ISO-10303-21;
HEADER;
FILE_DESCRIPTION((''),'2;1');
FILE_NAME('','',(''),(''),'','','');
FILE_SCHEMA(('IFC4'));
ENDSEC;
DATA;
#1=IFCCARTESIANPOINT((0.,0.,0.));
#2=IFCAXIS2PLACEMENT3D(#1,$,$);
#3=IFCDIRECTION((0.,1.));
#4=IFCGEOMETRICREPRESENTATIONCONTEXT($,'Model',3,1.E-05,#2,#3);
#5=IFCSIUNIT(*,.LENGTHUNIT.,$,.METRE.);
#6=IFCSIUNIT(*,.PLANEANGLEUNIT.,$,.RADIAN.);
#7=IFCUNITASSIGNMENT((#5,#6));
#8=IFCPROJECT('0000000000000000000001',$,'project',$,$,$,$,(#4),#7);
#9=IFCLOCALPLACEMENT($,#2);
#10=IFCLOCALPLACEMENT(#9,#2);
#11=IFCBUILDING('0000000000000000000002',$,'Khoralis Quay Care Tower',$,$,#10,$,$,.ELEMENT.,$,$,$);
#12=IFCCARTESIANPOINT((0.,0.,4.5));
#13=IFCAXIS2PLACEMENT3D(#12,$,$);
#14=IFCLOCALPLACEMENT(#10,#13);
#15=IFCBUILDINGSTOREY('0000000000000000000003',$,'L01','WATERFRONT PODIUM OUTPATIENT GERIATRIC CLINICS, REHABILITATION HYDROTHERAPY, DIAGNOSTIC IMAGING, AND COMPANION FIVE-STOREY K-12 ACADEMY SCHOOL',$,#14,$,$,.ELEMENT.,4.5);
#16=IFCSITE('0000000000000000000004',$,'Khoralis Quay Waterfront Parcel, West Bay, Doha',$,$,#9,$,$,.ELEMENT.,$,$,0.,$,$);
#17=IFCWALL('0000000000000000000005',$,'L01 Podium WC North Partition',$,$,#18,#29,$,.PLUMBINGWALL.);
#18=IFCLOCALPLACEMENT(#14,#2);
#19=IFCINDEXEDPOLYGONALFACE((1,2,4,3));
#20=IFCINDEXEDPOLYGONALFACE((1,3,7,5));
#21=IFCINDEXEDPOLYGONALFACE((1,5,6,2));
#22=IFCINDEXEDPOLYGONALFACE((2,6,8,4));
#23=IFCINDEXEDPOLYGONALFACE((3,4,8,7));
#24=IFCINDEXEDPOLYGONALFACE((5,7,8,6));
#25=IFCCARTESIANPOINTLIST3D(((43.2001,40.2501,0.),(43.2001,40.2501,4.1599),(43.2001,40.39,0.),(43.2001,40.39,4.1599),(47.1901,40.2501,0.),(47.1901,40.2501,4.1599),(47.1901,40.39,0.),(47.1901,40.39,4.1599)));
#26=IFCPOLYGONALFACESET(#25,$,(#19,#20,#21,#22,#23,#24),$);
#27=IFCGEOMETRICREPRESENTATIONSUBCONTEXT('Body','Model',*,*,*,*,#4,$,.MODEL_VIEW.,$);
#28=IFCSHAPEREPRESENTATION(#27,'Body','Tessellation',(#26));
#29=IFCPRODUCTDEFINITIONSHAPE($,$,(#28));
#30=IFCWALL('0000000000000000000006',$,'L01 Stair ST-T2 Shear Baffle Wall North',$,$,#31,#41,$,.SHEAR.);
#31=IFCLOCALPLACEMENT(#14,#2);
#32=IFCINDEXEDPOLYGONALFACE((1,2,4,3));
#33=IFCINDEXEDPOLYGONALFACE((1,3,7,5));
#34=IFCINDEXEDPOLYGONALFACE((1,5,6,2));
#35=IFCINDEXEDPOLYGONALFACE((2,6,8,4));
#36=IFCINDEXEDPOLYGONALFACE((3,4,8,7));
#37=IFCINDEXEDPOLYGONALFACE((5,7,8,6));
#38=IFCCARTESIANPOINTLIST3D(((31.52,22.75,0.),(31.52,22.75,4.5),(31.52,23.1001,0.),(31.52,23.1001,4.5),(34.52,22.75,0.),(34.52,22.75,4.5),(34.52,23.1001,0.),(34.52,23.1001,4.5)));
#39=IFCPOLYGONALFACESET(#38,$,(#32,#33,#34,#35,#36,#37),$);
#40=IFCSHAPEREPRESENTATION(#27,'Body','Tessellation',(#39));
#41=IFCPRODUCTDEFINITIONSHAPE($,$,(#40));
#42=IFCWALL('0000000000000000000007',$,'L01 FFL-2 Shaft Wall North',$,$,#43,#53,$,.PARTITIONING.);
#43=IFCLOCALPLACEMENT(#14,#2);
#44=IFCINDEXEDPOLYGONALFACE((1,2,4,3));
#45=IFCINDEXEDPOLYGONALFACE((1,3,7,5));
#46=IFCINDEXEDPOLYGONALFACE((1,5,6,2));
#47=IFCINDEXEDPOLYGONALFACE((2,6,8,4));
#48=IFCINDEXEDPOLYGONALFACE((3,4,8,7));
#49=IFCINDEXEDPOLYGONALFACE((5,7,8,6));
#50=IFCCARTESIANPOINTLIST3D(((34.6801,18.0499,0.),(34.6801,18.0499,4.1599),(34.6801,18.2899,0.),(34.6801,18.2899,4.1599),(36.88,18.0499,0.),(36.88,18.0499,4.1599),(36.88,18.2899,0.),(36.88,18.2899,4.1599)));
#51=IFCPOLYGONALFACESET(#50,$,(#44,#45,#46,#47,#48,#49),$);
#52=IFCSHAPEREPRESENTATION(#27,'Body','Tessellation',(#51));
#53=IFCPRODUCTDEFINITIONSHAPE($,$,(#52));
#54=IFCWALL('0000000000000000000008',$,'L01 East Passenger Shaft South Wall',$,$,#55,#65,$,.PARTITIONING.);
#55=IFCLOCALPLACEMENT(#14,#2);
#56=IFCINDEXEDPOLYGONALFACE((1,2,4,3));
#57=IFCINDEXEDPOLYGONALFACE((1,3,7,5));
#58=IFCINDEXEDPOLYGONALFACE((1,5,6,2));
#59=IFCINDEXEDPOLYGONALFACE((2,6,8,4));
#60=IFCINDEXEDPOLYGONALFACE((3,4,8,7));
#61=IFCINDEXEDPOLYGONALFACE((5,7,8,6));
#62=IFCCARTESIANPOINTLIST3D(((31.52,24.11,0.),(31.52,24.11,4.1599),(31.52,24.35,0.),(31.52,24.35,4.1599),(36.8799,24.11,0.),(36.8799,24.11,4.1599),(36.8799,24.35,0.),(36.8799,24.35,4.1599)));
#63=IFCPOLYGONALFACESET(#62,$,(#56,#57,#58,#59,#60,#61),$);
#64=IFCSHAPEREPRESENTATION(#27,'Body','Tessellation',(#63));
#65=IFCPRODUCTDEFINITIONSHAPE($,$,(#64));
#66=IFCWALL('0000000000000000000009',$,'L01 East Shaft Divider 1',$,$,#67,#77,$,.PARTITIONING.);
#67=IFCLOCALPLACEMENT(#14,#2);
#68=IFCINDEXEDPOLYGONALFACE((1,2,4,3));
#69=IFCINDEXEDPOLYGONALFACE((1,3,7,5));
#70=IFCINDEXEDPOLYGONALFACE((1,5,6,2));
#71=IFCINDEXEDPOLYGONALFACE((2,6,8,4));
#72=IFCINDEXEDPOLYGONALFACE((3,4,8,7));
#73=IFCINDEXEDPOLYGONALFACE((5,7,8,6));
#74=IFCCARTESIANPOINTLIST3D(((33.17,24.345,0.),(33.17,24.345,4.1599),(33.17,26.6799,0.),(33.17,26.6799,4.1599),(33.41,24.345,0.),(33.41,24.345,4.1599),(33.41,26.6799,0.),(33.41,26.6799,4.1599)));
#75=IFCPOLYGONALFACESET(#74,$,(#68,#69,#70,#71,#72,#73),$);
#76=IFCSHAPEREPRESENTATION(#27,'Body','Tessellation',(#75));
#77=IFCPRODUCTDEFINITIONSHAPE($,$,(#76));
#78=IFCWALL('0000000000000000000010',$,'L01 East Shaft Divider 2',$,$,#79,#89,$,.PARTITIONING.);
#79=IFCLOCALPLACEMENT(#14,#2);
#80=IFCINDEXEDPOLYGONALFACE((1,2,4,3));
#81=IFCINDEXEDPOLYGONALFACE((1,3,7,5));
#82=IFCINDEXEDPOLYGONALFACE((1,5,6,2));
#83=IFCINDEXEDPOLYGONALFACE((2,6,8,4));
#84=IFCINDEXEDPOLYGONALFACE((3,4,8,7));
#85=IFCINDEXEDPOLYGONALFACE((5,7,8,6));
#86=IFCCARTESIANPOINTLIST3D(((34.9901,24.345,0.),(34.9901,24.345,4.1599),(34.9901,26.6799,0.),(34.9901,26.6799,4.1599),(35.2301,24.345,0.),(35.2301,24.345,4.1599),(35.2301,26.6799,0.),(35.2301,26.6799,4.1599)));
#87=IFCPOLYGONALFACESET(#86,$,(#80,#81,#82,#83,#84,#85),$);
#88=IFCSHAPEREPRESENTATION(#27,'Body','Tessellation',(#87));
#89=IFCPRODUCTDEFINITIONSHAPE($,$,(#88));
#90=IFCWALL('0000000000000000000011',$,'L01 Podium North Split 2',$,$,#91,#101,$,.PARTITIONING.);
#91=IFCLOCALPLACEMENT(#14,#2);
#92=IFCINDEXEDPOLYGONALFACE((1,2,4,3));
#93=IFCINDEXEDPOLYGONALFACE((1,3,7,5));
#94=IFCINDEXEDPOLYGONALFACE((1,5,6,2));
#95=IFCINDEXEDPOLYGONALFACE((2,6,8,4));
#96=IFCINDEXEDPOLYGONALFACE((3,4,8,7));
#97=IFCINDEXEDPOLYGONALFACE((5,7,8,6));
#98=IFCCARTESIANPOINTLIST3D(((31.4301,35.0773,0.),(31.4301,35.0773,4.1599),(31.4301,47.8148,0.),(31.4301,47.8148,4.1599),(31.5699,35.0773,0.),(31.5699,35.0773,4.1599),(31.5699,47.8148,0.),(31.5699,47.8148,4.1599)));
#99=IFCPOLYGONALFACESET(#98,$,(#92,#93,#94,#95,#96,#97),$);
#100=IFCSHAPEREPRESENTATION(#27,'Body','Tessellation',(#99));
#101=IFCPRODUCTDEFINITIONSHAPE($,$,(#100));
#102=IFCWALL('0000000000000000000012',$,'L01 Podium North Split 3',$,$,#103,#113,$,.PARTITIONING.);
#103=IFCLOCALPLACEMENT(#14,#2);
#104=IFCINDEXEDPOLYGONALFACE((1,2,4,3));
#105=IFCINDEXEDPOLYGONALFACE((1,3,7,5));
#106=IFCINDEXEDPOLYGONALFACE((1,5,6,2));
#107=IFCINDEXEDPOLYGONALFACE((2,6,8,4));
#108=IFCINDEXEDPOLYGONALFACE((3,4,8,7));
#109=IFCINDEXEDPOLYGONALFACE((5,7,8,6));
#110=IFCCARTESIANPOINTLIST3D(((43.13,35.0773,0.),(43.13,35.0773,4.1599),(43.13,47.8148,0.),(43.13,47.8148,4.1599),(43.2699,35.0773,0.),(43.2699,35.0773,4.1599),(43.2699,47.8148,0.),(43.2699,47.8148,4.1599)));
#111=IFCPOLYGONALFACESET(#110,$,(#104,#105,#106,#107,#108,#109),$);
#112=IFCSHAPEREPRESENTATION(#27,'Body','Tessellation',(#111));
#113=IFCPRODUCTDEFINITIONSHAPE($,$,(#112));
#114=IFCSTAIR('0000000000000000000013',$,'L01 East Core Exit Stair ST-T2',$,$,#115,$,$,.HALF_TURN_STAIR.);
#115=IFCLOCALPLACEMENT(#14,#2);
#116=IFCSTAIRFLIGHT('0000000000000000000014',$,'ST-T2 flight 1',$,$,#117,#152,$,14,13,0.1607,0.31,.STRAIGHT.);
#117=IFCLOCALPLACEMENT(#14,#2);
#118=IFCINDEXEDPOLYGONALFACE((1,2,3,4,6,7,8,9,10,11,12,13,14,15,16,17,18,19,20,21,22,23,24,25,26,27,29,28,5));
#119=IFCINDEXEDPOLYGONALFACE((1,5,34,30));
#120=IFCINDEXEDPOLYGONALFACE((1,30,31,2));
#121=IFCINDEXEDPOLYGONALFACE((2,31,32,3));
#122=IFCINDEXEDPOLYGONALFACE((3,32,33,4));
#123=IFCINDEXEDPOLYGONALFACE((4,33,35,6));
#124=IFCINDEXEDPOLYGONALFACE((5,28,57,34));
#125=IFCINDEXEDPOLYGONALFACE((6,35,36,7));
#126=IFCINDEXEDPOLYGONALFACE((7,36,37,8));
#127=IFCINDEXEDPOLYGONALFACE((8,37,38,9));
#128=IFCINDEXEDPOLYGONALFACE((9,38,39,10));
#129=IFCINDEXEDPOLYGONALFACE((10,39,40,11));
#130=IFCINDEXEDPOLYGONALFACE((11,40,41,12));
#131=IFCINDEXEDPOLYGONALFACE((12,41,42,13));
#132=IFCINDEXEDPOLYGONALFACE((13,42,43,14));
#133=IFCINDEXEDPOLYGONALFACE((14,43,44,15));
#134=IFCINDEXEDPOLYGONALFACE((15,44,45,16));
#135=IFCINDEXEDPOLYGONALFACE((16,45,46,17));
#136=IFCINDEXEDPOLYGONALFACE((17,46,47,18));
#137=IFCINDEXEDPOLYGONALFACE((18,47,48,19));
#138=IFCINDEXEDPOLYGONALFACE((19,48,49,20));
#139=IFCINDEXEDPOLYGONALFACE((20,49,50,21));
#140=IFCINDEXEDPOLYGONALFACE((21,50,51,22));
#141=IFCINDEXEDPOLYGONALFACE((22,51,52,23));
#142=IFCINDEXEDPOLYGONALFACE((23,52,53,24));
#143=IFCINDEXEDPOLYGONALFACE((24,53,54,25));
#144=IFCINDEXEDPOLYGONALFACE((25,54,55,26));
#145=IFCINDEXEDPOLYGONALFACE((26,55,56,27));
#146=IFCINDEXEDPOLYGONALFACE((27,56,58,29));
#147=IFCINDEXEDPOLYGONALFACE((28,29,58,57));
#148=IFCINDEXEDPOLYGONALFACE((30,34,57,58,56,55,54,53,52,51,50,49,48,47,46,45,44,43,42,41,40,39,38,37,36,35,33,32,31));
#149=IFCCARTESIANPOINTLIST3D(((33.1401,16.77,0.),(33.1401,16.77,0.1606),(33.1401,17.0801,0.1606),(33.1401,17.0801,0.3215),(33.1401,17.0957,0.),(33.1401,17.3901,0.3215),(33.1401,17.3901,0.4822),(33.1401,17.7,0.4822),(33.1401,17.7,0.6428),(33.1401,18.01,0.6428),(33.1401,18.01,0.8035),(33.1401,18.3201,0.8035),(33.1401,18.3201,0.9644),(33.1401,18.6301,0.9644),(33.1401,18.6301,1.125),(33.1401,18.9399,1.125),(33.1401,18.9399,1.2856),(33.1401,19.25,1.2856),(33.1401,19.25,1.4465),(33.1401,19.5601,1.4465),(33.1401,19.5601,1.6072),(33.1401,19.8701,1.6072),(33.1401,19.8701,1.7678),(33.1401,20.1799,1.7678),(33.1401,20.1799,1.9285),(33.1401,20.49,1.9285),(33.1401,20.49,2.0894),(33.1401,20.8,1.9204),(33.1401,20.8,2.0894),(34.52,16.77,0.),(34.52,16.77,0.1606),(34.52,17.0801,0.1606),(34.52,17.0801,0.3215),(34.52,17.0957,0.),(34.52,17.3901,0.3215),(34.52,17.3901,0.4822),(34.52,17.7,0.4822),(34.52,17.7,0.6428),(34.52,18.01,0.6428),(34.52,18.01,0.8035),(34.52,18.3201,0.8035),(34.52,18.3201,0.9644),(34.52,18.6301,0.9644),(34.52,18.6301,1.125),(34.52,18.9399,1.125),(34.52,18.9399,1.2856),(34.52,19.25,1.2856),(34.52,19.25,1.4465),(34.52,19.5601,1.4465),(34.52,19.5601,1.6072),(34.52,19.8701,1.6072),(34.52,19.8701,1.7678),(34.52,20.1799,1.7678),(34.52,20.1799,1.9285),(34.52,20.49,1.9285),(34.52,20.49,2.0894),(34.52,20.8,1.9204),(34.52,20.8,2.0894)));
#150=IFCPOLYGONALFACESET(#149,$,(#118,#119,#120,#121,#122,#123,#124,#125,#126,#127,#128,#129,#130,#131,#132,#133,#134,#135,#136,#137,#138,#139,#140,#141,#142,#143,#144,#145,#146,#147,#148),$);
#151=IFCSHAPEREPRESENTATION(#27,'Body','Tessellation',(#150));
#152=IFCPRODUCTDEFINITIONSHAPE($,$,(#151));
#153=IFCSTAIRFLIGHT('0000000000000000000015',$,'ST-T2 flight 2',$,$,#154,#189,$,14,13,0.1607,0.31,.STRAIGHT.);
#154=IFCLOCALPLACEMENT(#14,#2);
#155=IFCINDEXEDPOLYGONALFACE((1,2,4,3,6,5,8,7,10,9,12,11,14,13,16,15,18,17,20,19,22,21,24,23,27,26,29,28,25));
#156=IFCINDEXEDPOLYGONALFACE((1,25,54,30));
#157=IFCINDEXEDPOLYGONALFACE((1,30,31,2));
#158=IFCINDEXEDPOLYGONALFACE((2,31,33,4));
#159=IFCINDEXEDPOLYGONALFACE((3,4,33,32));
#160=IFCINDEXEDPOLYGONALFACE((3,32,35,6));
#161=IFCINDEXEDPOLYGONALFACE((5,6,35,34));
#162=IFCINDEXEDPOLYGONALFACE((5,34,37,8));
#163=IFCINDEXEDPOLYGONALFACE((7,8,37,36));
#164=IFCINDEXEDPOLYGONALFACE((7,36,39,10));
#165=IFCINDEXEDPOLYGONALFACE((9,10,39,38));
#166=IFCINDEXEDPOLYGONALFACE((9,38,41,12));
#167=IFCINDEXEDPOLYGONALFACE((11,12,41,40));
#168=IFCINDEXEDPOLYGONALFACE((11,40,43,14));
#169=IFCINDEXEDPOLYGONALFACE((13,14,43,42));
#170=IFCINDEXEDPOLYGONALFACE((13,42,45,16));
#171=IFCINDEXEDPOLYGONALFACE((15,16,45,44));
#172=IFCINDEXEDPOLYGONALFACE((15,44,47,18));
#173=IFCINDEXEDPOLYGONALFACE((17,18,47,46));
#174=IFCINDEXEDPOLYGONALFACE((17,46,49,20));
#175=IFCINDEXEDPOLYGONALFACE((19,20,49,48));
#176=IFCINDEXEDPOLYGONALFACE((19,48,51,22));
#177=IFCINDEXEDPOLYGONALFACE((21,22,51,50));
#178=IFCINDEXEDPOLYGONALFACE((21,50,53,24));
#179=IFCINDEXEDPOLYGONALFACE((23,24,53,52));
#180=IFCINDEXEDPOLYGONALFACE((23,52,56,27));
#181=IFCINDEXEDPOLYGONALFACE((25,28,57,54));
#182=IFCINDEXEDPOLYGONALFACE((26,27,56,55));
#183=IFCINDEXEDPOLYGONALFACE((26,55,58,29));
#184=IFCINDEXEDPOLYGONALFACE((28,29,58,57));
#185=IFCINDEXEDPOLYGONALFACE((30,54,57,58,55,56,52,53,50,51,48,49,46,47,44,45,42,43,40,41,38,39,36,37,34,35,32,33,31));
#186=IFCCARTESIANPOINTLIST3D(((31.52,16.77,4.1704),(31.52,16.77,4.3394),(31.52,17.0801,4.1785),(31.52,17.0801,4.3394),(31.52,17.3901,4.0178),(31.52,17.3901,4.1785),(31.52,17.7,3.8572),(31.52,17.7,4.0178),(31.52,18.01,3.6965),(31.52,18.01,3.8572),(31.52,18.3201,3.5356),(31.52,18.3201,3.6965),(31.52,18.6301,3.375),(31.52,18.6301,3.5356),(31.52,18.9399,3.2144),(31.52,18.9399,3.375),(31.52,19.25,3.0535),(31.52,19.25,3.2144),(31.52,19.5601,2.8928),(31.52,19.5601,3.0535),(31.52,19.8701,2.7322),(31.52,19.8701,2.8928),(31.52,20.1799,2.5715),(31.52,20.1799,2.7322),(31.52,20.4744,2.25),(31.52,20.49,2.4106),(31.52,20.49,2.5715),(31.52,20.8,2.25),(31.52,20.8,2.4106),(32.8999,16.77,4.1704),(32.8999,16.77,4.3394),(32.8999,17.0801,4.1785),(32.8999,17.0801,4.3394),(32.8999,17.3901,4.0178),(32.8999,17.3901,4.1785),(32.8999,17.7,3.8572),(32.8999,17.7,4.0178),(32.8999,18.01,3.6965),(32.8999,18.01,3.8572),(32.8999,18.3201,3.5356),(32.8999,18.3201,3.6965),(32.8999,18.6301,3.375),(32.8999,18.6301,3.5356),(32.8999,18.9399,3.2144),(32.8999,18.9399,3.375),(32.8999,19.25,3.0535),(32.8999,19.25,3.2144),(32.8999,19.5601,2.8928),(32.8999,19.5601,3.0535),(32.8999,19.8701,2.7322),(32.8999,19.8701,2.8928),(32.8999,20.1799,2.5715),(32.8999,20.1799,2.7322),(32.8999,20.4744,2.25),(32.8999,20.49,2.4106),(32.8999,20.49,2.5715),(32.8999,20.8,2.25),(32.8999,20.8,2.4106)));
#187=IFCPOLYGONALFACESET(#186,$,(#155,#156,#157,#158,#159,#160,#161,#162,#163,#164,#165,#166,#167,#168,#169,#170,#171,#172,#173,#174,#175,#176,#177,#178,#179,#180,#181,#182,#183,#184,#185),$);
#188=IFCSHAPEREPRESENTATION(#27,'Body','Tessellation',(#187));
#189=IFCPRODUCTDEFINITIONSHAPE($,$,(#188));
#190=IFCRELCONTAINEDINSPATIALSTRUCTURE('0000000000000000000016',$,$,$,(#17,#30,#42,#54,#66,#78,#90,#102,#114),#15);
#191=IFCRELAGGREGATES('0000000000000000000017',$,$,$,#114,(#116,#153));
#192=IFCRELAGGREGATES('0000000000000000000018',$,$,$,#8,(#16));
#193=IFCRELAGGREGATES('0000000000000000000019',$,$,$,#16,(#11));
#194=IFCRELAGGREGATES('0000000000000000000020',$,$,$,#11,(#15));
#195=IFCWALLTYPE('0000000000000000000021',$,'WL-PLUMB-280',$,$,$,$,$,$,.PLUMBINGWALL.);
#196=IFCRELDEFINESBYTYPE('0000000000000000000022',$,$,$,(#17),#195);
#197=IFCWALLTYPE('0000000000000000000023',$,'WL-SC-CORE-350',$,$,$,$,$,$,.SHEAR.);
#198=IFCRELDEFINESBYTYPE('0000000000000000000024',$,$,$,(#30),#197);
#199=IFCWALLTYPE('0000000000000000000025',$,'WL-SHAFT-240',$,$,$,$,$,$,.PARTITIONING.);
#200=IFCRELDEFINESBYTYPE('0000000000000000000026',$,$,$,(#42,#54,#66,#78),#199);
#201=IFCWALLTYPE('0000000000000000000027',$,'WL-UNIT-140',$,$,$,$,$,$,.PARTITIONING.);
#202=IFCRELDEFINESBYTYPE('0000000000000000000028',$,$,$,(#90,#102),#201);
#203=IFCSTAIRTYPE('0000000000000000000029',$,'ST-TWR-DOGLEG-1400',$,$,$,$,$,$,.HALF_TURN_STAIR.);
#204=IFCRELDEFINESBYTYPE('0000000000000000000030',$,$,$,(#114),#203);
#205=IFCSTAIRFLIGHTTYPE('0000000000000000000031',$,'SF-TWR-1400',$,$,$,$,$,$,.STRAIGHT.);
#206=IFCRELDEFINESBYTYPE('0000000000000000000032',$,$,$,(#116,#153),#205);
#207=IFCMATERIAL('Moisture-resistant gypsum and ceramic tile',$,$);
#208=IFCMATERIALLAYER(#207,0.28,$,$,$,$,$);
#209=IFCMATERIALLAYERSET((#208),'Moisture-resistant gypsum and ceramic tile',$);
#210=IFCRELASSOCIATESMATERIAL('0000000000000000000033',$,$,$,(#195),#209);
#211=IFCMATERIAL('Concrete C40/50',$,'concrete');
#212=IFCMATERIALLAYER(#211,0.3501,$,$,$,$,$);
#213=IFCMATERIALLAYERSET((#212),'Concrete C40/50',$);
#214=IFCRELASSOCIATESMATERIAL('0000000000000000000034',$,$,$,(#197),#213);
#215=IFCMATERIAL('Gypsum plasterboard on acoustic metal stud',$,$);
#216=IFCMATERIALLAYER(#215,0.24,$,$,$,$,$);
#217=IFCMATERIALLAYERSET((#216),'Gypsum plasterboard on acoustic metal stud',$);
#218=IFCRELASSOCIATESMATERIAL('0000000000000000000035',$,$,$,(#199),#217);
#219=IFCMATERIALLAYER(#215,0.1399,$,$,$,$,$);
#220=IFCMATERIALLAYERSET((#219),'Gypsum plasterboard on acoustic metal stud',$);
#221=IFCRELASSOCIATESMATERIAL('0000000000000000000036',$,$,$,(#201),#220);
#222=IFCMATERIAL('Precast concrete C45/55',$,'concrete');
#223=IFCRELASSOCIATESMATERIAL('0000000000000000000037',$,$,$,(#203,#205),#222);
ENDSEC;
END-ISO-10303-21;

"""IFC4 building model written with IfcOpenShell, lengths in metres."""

from ifc_helpers import new_model, si_unit, direction, frame, frame_2d, origin, place, context, subcontext, project, spatial, polyline, rectangle, outline, extrude, source, transform, mapped, material, layer, layer_set, type_object, element, aggregate, save


model = new_model("IFC4")

# Units and contexts
model_context = context("Model", 3, precision=1e-05, world=origin(), true_north=direction((0.0, 1.0)))
body_context = subcontext(model_context, "Body", "Model", "MODEL_VIEW")
ifc_project = project(units=[si_unit("LENGTHUNIT", "METRE"), si_unit("PLANEANGLEUNIT", "RADIAN")], contexts=[model_context])

# Site, building, storey
site_placement = place(None, origin())
site = spatial("IfcSite", under=ifc_project, at=site_placement, Name="Khoralis Quay Waterfront Parcel, West Bay, Doha", CompositionType="ELEMENT", RefElevation=0.0)
building_placement = place(site_placement, origin())
building = spatial("IfcBuilding", under=site, at=building_placement, Name="Khoralis Quay Care Tower", CompositionType="ELEMENT")
storey_placement = place(building_placement, frame((0.0, 0.0, 4.5)))
storey = spatial("IfcBuildingStorey", under=building, at=storey_placement, Name="L01", Description="WATERFRONT PODIUM OUTPATIENT GERIATRIC CLINICS, REHABILITATION HYDROTHERAPY, DIAGNOSTIC IMAGING, AND COMPANION FIVE-STOREY K-12 ACADEMY SCHOOL", CompositionType="ELEMENT", Elevation=4.5)

# Shared definitions
ifc_material_1 = material(Name="Gypsum plasterboard on acoustic metal stud")

# Walls
ifc_material_2 = material(Name="Moisture-resistant gypsum and ceramic tile")
ifc_layer_1 = layer(ifc_material_2, 0.28)
ifc_layer_set_1 = layer_set([ifc_layer_1], Name="Moisture-resistant gypsum and ceramic tile")
wall_type_1 = type_object("IfcWallType", Name="WL-PLUMB-280", PredefinedType="PLUMBINGWALL", material=ifc_layer_set_1)
wall_1_placement = place(storey_placement, frame((43.2, 40.3201, 0.0), z_axis=(0.0, 0.0, 1.0), x_axis=(1.0, 0.0, 0.0)))
element("IfcWall", 1, at=wall_1_placement, inside=storey, type_object=wall_type_1, Name="L01 Podium WC North Partition", PredefinedType="PLUMBINGWALL", context=body_context, shape_type="SweptSolid", body=[
    extrude(rectangle(XDim=3.99, YDim=0.1399, at=frame_2d((1.9951, 0.0))), origin(), (0.0, 0.0, 1.0), 4.1599),
])
ifc_material_3 = material(Name="Concrete C40/50", Category="concrete")
ifc_layer_2 = layer(ifc_material_3, 0.3501)
ifc_layer_set_2 = layer_set([ifc_layer_2], Name="Concrete C40/50")
wall_type_2 = type_object("IfcWallType", Name="WL-SC-CORE-350", PredefinedType="SHEAR", material=ifc_layer_set_2)
wall_2_placement = place(storey_placement, frame((31.52, 22.925, 0.0), z_axis=(0.0, 0.0, 1.0), x_axis=(1.0, 0.0, 0.0)))
element("IfcWall", 2, at=wall_2_placement, inside=storey, type_object=wall_type_2, Name="L01 Stair ST-T2 Shear Baffle Wall North", PredefinedType="SHEAR", context=body_context, shape_type="SweptSolid", body=[
    extrude(rectangle(XDim=3.0, YDim=0.3501, at=frame_2d((1.5, 0.0))), origin(), (0.0, 0.0, 1.0), 4.5),
])
ifc_layer_3 = layer(ifc_material_1, 0.24)
ifc_layer_set_3 = layer_set([ifc_layer_3], Name="Gypsum plasterboard on acoustic metal stud")
wall_type_3 = type_object("IfcWallType", Name="WL-SHAFT-240", PredefinedType="PARTITIONING", material=ifc_layer_set_3)
wall_3_placement = place(storey_placement, frame((34.6799, 18.1699, 0.0), z_axis=(0.0, 0.0, 1.0), x_axis=(1.0, 0.0, 0.0)))
element("IfcWall", 3, at=wall_3_placement, inside=storey, type_object=wall_type_3, Name="L01 FFL-2 Shaft Wall North", PredefinedType="PARTITIONING", context=body_context, shape_type="SweptSolid", body=[
    extrude(rectangle(XDim=2.2, YDim=0.24, at=frame_2d((1.1001, 0.0))), origin(), (0.0, 0.0, 1.0), 4.1599),
])
wall_4_placement = place(storey_placement, frame((31.52, 24.23, 0.0), z_axis=(0.0, 0.0, 1.0), x_axis=(1.0, 0.0, 0.0)))
element("IfcWall", 4, at=wall_4_placement, inside=storey, type_object=wall_type_3, Name="L01 East Passenger Shaft South Wall", PredefinedType="PARTITIONING", context=body_context, shape_type="SweptSolid", body=[
    extrude(rectangle(XDim=5.3599, YDim=0.24, at=frame_2d((2.6799, 0.0))), origin(), (0.0, 0.0, 1.0), 4.1599),
])
for number, where, z_axis, x_axis, name in (
    (5, (33.29, 24.345, 0.0), (0.0, 0.0, 1.0), (0.0, 1.0, 0.0), "L01 East Shaft Divider 1"),
    (6, (35.1101, 24.345, 0.0), (0.0, 0.0, 1.0), (0.0, 1.0, 0.0), "L01 East Shaft Divider 2"),
):
    element("IfcWall", number, at=place(storey_placement, frame(where, z_axis=z_axis, x_axis=x_axis)), inside=storey, type_object=wall_type_3, Name=name, PredefinedType="PARTITIONING", context=body_context, shape_type="SweptSolid", body=[
        extrude(rectangle(XDim=2.335, YDim=0.24, at=frame_2d((1.1675, 0.0))), origin(), (0.0, 0.0, 1.0), 4.1599),
    ])
ifc_layer_4 = layer(ifc_material_1, 0.1399)
ifc_layer_set_4 = layer_set([ifc_layer_4], Name="Gypsum plasterboard on acoustic metal stud")
wall_type_4 = type_object("IfcWallType", Name="WL-UNIT-140", PredefinedType="PARTITIONING", material=ifc_layer_set_4)
for number, where, z_axis, x_axis, name in (
    (7, (31.5, 35.0774, 0.0), (0.0, 0.0, 1.0), (0.0, 1.0, 0.0), "L01 Podium North Split 2"),
    (8, (43.2, 35.0774, 0.0), (0.0, 0.0, 1.0), (0.0, 1.0, 0.0), "L01 Podium North Split 3"),
):
    element("IfcWall", number, at=place(storey_placement, frame(where, z_axis=z_axis, x_axis=x_axis)), inside=storey, type_object=wall_type_4, Name=name, PredefinedType="PARTITIONING", context=body_context, shape_type="SweptSolid", body=[
        extrude(rectangle(XDim=12.7375, YDim=0.1399, at=frame_2d((6.3687, 0.0))), origin(), (0.0, 0.0, 1.0), 4.1599),
    ])

# Stair, stair flights
ifc_material_4 = material(Name="Precast concrete C45/55", Category="concrete")
stair_type = type_object("IfcStairType", Name="ST-TWR-DOGLEG-1400", PredefinedType="HALF_TURN_STAIR", material=ifc_material_4)
stair_placement = place(storey_placement, origin())
stair = element("IfcStair", 9, at=stair_placement, inside=storey, type_object=stair_type, Name="L01 East Core Exit Stair ST-T2", PredefinedType="HALF_TURN_STAIR")
stair_flight_type = type_object("IfcStairFlightType", Name="SF-TWR-1400", PredefinedType="STRAIGHT", material=ifc_material_4)
shared_shape_1 = source(origin(), body_context, "Body", "SweptSolid", [
    extrude(outline(polyline([(0.0, 0.0), (0.0, 0.1606), (0.3101, 0.1606), (0.3101, 0.3215), (0.6201, 0.3215), (0.6201, 0.4822), (0.9299, 0.4822), (0.9299, 0.6428), (1.24, 0.6428), (1.24, 0.8035), (1.55, 0.8035), (1.55, 0.9644), (1.8601, 0.9644), (1.8601, 1.125), (2.1699, 1.125), (2.1699, 1.2856), (2.48, 1.2856), (2.48, 1.4465), (2.79, 1.4465), (2.79, 1.6072), (3.1001, 1.6072), (3.1001, 1.7678), (3.4099, 1.7678), (3.4099, 1.9285), (3.72, 1.9285), (3.72, 2.0894), (4.03, 2.0894), (4.03, 2.25), (4.03, 1.9204), (0.3257, 0.0), (0.0, 0.0)])), frame((0.0, 0.6899, 0.0), z_axis=(0.0, -1.0, 0.0), x_axis=(1.0, 0.0, 0.0)), (0.0, 0.0, 1.0), 1.3799),
])
stair_flight_1_placement = place(storey_placement, frame((33.8301, 16.77, 0.0), z_axis=(0.0, 0.0, 1.0), x_axis=(0.0, 1.0, 0.0)))
stair_flight_1 = element("IfcStairFlight", 10, at=stair_flight_1_placement, type_object=stair_flight_type, Name="ST-T2 flight 1", NumberOfRisers=14, NumberOfTreads=13, PredefinedType="STRAIGHT", RiserHeight=0.1607, TreadLength=0.31, context=body_context, shape_type="MappedRepresentation", body=[
    mapped(shared_shape_1, transform((0.0, 0.0, 0.0), scale=1.0)),
])
stair_flight_2_placement = place(storey_placement, frame((32.21, 20.8, 2.25), z_axis=(0.0, 0.0, 1.0), x_axis=(0.0, -1.0, 0.0)))
stair_flight_2 = element("IfcStairFlight", 11, at=stair_flight_2_placement, type_object=stair_flight_type, Name="ST-T2 flight 2", NumberOfRisers=14, NumberOfTreads=13, PredefinedType="STRAIGHT", RiserHeight=0.1607, TreadLength=0.31, context=body_context, shape_type="MappedRepresentation", body=[
    mapped(shared_shape_1, transform((0.0, 0.0, 0.0), scale=1.0)),
])
aggregate(stair, [stair_flight_1, stair_flight_2])

save(model, "model.ifc")
